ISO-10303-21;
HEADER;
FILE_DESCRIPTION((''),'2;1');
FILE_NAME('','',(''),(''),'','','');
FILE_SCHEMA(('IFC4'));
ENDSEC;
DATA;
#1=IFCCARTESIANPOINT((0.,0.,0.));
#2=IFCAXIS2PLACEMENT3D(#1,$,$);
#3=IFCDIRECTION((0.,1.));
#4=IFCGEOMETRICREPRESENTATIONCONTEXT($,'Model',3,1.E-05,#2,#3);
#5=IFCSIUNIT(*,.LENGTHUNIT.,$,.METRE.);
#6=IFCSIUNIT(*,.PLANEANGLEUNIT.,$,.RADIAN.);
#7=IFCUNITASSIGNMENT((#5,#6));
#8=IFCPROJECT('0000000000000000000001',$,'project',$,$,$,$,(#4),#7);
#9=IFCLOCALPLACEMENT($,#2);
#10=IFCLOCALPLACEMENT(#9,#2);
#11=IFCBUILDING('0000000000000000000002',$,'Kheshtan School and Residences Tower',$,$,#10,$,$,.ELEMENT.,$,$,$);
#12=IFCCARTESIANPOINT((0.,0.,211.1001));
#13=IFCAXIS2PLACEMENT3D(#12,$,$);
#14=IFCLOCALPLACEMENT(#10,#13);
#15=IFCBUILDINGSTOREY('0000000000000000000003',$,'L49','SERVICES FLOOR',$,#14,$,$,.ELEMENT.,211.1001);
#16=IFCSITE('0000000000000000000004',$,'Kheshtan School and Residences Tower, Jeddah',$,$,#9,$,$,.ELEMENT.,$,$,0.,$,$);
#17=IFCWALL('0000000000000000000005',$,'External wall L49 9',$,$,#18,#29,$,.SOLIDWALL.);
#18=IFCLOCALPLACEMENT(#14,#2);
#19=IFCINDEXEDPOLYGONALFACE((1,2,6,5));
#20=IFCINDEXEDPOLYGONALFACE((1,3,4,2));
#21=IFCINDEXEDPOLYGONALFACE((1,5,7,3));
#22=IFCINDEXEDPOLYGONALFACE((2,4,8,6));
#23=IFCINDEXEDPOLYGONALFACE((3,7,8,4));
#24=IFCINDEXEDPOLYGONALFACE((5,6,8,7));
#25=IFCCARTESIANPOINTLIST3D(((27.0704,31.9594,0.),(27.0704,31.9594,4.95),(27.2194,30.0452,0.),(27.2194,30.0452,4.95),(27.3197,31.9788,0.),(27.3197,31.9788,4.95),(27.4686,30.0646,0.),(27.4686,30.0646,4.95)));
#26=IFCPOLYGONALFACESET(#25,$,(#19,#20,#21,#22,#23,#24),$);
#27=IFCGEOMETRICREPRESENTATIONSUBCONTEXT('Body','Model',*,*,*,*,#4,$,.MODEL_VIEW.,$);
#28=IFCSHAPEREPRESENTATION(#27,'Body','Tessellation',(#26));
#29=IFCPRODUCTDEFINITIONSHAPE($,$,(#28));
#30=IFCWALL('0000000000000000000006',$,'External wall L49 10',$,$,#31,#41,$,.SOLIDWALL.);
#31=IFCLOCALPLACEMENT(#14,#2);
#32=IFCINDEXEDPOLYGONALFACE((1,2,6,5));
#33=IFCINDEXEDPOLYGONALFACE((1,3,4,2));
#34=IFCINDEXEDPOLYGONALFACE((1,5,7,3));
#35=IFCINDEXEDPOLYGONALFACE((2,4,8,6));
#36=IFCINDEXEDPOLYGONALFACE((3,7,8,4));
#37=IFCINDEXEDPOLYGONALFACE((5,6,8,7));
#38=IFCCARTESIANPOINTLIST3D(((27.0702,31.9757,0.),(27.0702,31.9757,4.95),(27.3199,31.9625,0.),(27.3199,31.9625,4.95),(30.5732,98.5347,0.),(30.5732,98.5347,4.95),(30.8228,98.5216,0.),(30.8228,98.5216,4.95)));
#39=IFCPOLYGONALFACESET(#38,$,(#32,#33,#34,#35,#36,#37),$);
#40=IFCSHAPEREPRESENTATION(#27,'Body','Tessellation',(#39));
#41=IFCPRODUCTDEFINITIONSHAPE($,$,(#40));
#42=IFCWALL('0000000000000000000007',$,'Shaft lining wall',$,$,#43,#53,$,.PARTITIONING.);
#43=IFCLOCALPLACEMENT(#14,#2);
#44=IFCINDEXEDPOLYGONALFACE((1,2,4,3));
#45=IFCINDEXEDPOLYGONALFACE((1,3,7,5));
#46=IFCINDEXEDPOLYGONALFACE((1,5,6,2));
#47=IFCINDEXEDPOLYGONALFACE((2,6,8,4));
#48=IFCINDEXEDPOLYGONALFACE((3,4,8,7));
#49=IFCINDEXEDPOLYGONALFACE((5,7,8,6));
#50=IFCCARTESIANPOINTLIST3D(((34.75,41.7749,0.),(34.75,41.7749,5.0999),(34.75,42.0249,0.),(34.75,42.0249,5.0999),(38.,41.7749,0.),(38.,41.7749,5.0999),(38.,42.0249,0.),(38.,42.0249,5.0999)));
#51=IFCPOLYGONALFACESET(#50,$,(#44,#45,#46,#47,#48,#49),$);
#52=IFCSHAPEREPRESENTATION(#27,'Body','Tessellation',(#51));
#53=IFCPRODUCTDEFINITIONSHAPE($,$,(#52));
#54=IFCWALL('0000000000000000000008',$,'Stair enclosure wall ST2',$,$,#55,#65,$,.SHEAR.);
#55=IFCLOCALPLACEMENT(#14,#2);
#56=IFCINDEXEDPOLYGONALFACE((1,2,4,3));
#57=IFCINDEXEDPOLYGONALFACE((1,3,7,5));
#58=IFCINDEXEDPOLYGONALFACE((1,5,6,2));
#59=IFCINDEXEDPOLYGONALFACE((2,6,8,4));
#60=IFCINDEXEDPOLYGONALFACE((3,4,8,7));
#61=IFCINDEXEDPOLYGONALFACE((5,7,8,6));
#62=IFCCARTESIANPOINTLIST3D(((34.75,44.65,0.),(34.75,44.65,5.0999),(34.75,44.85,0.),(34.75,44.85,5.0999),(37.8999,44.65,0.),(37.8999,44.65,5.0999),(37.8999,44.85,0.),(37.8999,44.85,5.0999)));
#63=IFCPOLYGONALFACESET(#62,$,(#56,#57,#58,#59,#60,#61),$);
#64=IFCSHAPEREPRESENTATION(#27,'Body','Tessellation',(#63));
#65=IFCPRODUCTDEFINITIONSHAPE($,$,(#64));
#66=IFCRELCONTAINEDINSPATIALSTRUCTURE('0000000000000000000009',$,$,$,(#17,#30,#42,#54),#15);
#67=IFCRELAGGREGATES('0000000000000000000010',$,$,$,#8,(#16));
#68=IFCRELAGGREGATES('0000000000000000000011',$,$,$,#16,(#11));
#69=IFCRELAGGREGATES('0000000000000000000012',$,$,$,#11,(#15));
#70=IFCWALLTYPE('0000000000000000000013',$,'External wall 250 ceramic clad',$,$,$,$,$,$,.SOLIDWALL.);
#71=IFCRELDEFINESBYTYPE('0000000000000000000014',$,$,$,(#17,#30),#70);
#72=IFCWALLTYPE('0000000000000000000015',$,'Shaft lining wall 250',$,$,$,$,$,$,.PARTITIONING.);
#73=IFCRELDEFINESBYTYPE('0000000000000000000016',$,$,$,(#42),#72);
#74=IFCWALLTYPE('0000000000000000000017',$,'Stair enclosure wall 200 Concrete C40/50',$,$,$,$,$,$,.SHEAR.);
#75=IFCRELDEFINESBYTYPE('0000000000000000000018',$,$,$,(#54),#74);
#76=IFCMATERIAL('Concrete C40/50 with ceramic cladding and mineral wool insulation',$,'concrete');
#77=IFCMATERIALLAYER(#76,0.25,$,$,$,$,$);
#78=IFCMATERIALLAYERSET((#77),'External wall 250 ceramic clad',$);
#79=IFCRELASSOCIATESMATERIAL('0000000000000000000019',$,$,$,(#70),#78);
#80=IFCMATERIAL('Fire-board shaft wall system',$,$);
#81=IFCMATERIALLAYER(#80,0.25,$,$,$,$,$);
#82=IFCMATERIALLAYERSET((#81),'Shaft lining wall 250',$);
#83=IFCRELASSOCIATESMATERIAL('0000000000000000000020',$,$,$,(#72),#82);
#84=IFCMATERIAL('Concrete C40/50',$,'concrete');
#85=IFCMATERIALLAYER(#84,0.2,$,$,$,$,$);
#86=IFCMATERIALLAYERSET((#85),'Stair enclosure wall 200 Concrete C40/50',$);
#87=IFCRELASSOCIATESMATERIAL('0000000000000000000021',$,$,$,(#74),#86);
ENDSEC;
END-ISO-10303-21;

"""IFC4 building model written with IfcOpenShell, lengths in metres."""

from ifc_helpers import new_model, si_unit, direction, frame, frame_2d, origin, place, context, subcontext, project, spatial, rectangle, extrude, material, layer, layer_set, type_object, element, save


model = new_model("IFC4")

# Units and contexts
model_context = context("Model", 3, precision=1e-05, world=origin(), true_north=direction((0.0, 1.0)))
body_context = subcontext(model_context, "Body", "Model", "MODEL_VIEW")
ifc_project = project(units=[si_unit("LENGTHUNIT", "METRE"), si_unit("PLANEANGLEUNIT", "RADIAN")], contexts=[model_context])

# Site, building, storey
site_placement = place(None, origin())
site = spatial("IfcSite", under=ifc_project, at=site_placement, Name="Kheshtan School and Residences Tower, Jeddah", CompositionType="ELEMENT", RefElevation=0.0)
building_placement = place(site_placement, origin())
building = spatial("IfcBuilding", under=site, at=building_placement, Name="Kheshtan School and Residences Tower", CompositionType="ELEMENT")
storey_placement = place(building_placement, frame((0.0, 0.0, 211.1001)))
storey = spatial("IfcBuildingStorey", under=building, at=storey_placement, Name="L49", Description="SERVICES FLOOR", CompositionType="ELEMENT", Elevation=211.1001)

# Walls
ifc_material_1 = material(Name="Concrete C40/50 with ceramic cladding and mineral wool insulation", Category="concrete")
ifc_layer_1 = layer(ifc_material_1, 0.25)
ifc_layer_set_1 = layer_set([ifc_layer_1], Name="External wall 250 ceramic clad")
wall_type_1 = type_object("IfcWallType", Name="External wall 250 ceramic clad", PredefinedType="SOLIDWALL", material=ifc_layer_set_1)
wall_1_placement = place(storey_placement, frame((27.344, 30.0549, 0.0), z_axis=(0.0, 0.0, 1.0), x_axis=(-0.077572, 0.996987, 0.0)))
element("IfcWall", 1, at=wall_1_placement, inside=storey, type_object=wall_type_1, Name="External wall L49 9", PredefinedType="SOLIDWALL", context=body_context, shape_type="SweptSolid", body=[
    extrude(rectangle(XDim=1.9199, YDim=0.25, at=frame_2d((0.96, 0.0))), origin(), (0.0, 0.0, 1.0), 4.95),
])
wall_2_placement = place(storey_placement, frame((27.1951, 31.969, 0.0), z_axis=(0.0, 0.0, 1.0), x_axis=(0.052556, 0.998618, 0.0)))
element("IfcWall", 2, at=wall_2_placement, inside=storey, type_object=wall_type_1, Name="External wall L49 10", PredefinedType="SOLIDWALL", context=body_context, shape_type="SweptSolid", body=[
    extrude(rectangle(XDim=66.6511, YDim=0.25, at=frame_2d((33.3257, 0.0))), origin(), (0.0, 0.0, 1.0), 4.95),
])
ifc_material_2 = material(Name="Fire-board shaft wall system")
ifc_layer_2 = layer(ifc_material_2, 0.25)
ifc_layer_set_2 = layer_set([ifc_layer_2], Name="Shaft lining wall 250")
wall_type_2 = type_object("IfcWallType", Name="Shaft lining wall 250", PredefinedType="PARTITIONING", material=ifc_layer_set_2)
wall_3_placement = place(storey_placement, frame((34.75, 41.8999, 0.0), z_axis=(0.0, 0.0, 1.0), x_axis=(1.0, 0.0, 0.0)))
element("IfcWall", 3, at=wall_3_placement, inside=storey, type_object=wall_type_2, Name="Shaft lining wall", PredefinedType="PARTITIONING", context=body_context, shape_type="SweptSolid", body=[
    extrude(rectangle(XDim=3.25, YDim=0.25, at=frame_2d((1.625, 0.0))), origin(), (0.0, 0.0, 1.0), 5.0999),
])
ifc_material_3 = material(Name="Concrete C40/50", Category="concrete")
ifc_layer_3 = layer(ifc_material_3, 0.2)
ifc_layer_set_3 = layer_set([ifc_layer_3], Name="Stair enclosure wall 200 Concrete C40/50")
wall_type_3 = type_object("IfcWallType", Name="Stair enclosure wall 200 Concrete C40/50", PredefinedType="SHEAR", material=ifc_layer_set_3)
wall_4_placement = place(storey_placement, frame((34.75, 44.75, 0.0), z_axis=(0.0, 0.0, 1.0), x_axis=(1.0, 0.0, 0.0)))
element("IfcWall", 4, at=wall_4_placement, inside=storey, type_object=wall_type_3, Name="Stair enclosure wall ST2", PredefinedType="SHEAR", context=body_context, shape_type="SweptSolid", body=[
    extrude(rectangle(XDim=3.1499, YDim=0.2, at=frame_2d((1.575, 0.0))), origin(), (0.0, 0.0, 1.0), 5.0999),
])

save(model, "model.ifc")
